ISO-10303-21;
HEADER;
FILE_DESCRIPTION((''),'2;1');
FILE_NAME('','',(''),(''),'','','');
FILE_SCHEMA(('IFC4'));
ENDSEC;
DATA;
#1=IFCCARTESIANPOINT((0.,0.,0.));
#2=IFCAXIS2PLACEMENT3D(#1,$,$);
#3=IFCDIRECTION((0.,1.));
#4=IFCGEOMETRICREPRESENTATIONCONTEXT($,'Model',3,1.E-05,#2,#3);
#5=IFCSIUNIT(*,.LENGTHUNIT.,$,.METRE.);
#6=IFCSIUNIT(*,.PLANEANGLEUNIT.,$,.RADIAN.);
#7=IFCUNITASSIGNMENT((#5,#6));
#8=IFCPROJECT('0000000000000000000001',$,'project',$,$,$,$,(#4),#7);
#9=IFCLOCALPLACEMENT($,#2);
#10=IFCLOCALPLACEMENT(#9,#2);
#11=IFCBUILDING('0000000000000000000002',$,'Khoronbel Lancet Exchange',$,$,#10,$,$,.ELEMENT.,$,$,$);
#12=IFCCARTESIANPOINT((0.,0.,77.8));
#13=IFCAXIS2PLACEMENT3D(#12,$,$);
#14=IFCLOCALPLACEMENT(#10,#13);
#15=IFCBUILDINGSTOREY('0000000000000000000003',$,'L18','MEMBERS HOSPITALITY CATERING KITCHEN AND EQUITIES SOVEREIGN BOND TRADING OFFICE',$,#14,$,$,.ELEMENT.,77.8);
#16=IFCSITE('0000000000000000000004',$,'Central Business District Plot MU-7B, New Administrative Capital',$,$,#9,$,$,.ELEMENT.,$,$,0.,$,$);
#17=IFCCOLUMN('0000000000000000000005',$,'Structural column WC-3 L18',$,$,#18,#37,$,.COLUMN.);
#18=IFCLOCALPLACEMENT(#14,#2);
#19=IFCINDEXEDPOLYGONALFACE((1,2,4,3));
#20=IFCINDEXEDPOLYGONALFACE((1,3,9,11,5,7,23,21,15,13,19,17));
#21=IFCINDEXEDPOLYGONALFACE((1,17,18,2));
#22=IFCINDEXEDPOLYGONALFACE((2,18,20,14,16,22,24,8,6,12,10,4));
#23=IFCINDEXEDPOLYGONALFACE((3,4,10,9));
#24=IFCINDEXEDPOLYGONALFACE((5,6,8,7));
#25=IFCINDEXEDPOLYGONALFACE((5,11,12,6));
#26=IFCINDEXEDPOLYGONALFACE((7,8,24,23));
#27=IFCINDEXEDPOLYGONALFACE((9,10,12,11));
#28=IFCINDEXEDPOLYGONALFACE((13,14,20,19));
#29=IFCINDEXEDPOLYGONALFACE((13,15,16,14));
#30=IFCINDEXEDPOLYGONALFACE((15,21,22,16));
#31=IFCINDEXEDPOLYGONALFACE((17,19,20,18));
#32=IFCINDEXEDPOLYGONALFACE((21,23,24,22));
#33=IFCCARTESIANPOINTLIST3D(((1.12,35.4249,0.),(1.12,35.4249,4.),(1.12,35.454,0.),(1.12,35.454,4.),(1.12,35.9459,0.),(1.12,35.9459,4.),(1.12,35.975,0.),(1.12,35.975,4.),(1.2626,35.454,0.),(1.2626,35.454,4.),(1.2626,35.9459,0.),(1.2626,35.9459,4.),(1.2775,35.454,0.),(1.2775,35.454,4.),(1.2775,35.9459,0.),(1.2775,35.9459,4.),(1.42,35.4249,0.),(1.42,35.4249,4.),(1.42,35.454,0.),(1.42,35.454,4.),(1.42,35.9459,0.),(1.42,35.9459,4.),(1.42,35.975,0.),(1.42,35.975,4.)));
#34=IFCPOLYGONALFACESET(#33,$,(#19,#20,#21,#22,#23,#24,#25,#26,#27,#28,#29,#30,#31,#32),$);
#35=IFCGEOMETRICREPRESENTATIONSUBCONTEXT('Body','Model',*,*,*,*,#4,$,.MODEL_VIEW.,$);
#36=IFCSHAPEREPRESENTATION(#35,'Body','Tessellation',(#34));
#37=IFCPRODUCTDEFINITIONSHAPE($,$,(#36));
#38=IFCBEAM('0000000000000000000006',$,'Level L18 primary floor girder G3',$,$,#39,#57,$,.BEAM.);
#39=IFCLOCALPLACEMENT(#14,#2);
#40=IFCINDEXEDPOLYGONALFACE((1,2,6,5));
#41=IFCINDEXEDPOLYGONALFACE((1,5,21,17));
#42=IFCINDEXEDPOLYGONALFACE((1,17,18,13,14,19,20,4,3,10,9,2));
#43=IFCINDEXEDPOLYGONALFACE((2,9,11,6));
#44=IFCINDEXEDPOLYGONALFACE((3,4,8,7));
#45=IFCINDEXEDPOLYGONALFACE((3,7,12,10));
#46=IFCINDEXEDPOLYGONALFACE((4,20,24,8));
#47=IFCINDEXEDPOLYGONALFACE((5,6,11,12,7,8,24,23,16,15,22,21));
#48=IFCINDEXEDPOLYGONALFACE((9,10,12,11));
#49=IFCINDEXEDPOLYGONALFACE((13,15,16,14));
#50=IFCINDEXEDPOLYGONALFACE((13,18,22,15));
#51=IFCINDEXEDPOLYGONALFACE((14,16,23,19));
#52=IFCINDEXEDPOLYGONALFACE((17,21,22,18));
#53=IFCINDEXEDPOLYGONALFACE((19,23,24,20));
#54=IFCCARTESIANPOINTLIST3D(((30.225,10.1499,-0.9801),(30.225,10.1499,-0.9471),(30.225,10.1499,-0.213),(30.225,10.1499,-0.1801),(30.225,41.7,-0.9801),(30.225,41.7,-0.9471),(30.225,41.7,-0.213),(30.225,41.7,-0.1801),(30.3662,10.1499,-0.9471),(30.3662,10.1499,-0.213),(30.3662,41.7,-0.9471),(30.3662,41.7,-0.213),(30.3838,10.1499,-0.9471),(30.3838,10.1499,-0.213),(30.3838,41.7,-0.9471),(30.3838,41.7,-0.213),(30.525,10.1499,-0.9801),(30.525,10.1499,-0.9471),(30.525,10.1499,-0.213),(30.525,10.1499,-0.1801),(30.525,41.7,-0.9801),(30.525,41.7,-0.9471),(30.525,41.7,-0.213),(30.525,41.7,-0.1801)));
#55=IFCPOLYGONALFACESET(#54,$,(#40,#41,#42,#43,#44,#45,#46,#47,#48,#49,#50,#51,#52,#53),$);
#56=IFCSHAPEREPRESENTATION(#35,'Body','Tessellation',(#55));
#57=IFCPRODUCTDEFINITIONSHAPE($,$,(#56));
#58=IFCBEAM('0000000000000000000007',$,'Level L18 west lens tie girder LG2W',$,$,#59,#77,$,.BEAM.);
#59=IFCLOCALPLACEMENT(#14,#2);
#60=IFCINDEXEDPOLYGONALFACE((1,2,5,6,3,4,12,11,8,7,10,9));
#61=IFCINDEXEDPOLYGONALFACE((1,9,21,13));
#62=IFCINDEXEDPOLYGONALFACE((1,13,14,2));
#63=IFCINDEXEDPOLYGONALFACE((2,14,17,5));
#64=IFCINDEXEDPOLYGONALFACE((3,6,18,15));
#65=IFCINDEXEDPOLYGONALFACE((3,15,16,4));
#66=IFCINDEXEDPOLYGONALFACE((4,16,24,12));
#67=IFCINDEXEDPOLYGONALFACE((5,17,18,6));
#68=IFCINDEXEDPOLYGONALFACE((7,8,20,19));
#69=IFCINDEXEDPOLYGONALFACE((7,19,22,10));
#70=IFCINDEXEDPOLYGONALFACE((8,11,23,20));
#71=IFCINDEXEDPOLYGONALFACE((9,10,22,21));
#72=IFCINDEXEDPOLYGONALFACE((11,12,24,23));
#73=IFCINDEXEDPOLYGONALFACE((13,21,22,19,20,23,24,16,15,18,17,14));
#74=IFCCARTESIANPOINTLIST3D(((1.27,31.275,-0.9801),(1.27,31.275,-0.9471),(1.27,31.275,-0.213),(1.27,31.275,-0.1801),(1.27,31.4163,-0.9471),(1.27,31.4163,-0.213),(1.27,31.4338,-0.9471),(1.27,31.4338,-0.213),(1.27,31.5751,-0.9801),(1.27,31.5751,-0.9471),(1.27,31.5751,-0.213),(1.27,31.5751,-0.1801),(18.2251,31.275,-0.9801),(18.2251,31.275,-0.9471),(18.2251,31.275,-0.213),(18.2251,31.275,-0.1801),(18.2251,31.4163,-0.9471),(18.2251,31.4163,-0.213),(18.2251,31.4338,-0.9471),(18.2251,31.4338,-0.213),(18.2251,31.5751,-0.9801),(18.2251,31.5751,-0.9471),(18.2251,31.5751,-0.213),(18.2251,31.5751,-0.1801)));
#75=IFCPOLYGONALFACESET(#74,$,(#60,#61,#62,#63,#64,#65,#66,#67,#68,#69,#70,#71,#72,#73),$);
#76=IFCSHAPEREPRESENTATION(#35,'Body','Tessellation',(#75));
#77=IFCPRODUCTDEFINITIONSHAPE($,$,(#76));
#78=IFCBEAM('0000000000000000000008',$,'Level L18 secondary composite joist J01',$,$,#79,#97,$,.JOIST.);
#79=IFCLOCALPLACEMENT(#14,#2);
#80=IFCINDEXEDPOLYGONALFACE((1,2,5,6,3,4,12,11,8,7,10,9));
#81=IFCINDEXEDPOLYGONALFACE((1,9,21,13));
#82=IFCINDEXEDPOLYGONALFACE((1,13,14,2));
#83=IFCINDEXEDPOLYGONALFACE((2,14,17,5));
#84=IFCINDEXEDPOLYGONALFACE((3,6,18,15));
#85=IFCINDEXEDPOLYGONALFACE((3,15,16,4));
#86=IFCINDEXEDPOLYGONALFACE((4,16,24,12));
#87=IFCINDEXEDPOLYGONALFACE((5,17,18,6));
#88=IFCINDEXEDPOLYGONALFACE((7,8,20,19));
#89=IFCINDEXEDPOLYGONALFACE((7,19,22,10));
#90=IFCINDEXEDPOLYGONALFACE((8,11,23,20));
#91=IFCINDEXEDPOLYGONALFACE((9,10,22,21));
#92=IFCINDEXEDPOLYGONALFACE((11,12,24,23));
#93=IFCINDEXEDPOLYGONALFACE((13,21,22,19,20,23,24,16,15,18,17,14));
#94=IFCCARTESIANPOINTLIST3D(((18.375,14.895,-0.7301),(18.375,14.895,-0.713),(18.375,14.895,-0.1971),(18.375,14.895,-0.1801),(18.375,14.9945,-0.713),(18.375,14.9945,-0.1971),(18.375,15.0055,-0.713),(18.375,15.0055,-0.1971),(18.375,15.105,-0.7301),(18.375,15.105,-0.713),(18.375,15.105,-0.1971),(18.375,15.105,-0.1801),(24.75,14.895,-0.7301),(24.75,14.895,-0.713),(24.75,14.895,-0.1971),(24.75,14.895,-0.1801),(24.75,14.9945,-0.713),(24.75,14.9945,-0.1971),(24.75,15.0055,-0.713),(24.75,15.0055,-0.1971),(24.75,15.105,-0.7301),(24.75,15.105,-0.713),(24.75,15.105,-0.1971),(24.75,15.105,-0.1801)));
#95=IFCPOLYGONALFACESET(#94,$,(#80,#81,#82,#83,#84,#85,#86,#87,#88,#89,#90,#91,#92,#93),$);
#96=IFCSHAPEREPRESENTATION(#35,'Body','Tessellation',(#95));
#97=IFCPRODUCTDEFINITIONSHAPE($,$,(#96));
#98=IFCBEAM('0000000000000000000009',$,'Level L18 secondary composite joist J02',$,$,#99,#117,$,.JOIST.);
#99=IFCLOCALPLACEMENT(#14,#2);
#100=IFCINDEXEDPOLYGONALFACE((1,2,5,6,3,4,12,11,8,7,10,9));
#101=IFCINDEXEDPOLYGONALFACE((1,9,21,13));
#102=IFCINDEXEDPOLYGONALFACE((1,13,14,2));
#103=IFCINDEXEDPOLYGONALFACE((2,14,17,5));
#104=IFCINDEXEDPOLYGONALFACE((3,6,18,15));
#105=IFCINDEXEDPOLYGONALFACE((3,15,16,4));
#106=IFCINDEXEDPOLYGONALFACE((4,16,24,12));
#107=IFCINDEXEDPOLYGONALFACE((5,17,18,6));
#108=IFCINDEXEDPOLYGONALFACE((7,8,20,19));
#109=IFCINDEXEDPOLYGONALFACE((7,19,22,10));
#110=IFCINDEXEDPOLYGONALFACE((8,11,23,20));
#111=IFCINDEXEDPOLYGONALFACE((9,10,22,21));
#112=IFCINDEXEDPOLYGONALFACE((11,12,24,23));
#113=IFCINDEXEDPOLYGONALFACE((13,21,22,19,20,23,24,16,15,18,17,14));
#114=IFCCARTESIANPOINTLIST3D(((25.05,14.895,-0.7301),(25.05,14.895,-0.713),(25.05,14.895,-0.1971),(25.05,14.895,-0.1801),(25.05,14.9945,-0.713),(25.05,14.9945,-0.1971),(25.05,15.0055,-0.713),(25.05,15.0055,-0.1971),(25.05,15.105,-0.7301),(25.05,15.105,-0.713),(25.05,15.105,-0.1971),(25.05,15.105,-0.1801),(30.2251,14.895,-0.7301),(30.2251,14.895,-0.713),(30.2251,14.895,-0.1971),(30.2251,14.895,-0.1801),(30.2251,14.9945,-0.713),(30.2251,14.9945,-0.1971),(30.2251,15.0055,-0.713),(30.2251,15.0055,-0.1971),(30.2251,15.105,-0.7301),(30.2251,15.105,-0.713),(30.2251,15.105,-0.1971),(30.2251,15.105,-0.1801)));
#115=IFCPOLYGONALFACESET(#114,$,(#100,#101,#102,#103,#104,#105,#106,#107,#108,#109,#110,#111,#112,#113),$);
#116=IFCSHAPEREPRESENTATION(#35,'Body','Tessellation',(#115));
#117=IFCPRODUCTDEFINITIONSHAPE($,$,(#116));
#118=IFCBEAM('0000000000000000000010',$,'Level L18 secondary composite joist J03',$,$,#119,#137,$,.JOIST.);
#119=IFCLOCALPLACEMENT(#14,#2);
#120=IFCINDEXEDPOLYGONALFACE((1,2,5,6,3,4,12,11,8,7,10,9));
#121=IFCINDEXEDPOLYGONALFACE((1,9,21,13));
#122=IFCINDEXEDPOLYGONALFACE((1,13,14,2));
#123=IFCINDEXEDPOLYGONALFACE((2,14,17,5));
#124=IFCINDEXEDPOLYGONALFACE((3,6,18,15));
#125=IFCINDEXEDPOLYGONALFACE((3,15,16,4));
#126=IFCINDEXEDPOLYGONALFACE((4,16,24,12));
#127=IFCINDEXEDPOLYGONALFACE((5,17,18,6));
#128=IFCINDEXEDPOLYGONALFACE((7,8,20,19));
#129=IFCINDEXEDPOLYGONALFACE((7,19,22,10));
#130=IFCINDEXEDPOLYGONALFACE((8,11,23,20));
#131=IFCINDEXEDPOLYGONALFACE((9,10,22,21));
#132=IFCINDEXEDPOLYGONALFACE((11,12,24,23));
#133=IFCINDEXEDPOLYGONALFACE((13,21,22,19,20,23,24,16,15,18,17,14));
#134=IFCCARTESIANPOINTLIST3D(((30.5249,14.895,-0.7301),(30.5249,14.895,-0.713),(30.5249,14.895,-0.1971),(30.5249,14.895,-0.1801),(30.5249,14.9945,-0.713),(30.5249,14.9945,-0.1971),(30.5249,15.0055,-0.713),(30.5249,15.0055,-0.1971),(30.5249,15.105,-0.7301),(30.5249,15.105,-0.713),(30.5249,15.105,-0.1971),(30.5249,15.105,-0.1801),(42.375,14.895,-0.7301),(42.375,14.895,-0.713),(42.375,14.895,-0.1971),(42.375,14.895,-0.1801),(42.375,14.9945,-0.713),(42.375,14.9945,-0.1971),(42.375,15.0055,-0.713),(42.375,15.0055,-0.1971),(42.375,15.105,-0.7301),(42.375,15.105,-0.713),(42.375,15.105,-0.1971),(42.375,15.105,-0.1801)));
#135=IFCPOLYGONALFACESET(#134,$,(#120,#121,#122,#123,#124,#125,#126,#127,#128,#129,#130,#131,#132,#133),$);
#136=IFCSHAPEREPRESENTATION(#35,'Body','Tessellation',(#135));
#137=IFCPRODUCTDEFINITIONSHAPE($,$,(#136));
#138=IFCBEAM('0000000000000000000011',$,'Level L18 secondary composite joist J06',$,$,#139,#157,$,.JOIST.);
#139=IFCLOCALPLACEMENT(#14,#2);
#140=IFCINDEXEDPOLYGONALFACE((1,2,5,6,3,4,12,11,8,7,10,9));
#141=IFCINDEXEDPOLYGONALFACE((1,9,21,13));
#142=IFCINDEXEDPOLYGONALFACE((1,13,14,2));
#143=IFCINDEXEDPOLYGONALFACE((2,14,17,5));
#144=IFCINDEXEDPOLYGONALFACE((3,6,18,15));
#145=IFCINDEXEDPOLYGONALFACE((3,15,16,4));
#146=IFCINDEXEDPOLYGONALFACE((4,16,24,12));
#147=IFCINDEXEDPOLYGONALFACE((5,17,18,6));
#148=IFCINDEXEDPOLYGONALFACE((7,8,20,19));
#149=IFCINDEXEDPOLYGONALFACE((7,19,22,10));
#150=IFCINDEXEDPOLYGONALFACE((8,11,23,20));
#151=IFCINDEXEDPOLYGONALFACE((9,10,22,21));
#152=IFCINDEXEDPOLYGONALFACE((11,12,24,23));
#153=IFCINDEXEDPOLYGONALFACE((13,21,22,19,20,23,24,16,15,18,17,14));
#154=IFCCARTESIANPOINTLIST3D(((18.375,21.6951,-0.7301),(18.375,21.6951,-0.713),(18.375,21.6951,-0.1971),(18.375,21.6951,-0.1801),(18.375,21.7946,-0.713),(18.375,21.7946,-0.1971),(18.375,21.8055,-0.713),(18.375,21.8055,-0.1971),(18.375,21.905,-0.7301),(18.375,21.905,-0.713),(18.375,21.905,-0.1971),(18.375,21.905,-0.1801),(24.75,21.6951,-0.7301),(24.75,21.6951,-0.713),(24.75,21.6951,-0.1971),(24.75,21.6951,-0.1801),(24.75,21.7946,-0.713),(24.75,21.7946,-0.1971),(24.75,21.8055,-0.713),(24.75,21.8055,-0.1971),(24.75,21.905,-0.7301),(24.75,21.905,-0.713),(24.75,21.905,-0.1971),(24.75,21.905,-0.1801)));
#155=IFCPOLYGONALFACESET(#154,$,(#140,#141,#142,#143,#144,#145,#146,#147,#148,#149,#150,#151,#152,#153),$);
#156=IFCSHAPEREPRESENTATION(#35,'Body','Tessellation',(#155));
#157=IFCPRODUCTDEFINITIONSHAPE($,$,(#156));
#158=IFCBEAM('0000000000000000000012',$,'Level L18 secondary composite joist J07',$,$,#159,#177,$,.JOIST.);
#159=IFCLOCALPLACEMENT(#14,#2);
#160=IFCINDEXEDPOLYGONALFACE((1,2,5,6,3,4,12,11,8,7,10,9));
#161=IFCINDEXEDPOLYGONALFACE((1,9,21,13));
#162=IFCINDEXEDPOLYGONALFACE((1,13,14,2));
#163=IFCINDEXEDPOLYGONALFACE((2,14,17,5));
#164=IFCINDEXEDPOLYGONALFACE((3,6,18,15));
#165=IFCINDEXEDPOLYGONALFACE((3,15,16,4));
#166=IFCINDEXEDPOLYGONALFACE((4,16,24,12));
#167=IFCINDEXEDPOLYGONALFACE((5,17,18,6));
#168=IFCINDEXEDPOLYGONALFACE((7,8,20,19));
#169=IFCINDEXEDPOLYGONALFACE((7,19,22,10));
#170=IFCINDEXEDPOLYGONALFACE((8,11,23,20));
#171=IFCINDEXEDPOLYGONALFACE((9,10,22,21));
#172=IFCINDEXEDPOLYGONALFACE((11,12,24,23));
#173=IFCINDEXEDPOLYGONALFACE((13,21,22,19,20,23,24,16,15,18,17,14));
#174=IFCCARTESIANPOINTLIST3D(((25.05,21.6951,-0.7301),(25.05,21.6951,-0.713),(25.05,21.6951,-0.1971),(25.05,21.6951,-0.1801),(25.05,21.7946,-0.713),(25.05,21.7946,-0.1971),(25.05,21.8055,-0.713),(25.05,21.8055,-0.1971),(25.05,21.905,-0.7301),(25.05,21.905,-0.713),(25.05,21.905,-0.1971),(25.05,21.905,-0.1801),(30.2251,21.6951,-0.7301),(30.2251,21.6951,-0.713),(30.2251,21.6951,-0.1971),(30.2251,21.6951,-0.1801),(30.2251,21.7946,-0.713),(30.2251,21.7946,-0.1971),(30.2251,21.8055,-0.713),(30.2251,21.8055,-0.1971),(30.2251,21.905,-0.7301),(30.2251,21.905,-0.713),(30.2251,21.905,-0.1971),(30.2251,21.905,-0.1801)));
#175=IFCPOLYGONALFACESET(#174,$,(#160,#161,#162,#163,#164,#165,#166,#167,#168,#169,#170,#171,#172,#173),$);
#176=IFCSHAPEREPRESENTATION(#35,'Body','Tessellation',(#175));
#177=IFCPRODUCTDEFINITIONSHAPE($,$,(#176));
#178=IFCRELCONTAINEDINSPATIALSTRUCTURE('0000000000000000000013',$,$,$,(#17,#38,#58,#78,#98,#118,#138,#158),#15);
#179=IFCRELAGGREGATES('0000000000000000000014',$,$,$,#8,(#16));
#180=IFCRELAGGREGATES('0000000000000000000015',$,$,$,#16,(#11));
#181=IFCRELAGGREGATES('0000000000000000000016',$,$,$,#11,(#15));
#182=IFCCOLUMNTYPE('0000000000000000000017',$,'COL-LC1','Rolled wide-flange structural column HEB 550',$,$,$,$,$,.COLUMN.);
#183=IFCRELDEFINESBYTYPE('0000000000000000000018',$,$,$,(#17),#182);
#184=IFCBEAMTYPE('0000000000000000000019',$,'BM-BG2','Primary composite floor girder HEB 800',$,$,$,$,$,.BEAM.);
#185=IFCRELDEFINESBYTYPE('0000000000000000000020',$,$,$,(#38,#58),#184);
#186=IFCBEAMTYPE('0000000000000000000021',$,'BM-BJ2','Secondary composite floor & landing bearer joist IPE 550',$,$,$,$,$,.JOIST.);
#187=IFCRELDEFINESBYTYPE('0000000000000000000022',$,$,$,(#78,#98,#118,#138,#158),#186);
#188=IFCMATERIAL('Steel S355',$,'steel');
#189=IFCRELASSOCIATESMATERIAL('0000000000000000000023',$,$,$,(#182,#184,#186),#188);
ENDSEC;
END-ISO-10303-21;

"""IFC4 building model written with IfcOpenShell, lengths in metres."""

from ifc_helpers import new_model, si_unit, direction, frame, origin, origin_2d, place, context, subcontext, project, spatial, i_section, extrude, material, material_profile, profile_set, type_object, element, save


model = new_model("IFC4")

# Units and contexts
model_context = context("Model", 3, precision=1e-05, world=origin(), true_north=direction((0.0, 1.0)))
body_context = subcontext(model_context, "Body", "Model", "MODEL_VIEW")
ifc_project = project(units=[si_unit("LENGTHUNIT", "METRE"), si_unit("PLANEANGLEUNIT", "RADIAN")], contexts=[model_context])

# Site, building, storey
site_placement = place(None, origin())
site = spatial("IfcSite", under=ifc_project, at=site_placement, Name="Central Business District Plot MU-7B, New Administrative Capital", CompositionType="ELEMENT", RefElevation=0.0)
building_placement = place(site_placement, origin())
building = spatial("IfcBuilding", under=site, at=building_placement, Name="Khoronbel Lancet Exchange", CompositionType="ELEMENT")
storey_placement = place(building_placement, frame((0.0, 0.0, 77.8)))
storey = spatial("IfcBuildingStorey", under=building, at=storey_placement, Name="L18", Description="MEMBERS HOSPITALITY CATERING KITCHEN AND EQUITIES SOVEREIGN BOND TRADING OFFICE", CompositionType="ELEMENT", Elevation=77.8)

# Column
ifc_material_1 = material(Name="Steel S355", Category="steel")
ifc_material_profile_1 = material_profile(ifc_material_1, i_section(OverallWidth=0.3, OverallDepth=0.55, WebThickness=0.0149, FlangeThickness=0.0291, at=origin_2d()), Name="HEB 550")
ifc_profile_set_1 = profile_set([ifc_material_profile_1], Name="Steel S355")
column_type = type_object("IfcColumnType", Name="COL-LC1", Description="Rolled wide-flange structural column HEB 550", PredefinedType="COLUMN", material=ifc_profile_set_1)
column_placement = place(storey_placement, frame((1.27, 35.7, 0.0), z_axis=(0.0, 0.0, 1.0), x_axis=(1.0, 0.0, 0.0)))
element("IfcColumn", 1, at=column_placement, inside=storey, type_object=column_type, Name="Structural column WC-3 L18", PredefinedType="COLUMN", context=body_context, shape_type="SweptSolid", body=[
    extrude(i_section(OverallWidth=0.3, OverallDepth=0.55, WebThickness=0.0149, FlangeThickness=0.0291, at=origin_2d()), origin(), (0.0, 0.0, 1.0), 4.0),
])

# Beams
ifc_material_profile_2 = material_profile(ifc_material_1, i_section(OverallWidth=0.3, OverallDepth=0.8, WebThickness=0.0176, FlangeThickness=0.033, at=origin_2d()), Name="HEB 800")
ifc_profile_set_2 = profile_set([ifc_material_profile_2], Name="Steel S355")
beam_type_1 = type_object("IfcBeamType", Name="BM-BG2", Description="Primary composite floor girder HEB 800", PredefinedType="BEAM", material=ifc_profile_set_2)
beam_1_placement = place(storey_placement, frame((30.375, 10.1499, -0.5801), z_axis=(0.0, 1.0, 0.0), x_axis=(-1.0, 0.0, 0.0)))
element("IfcBeam", 2, at=beam_1_placement, inside=storey, type_object=beam_type_1, Name="Level L18 primary floor girder G3", PredefinedType="BEAM", context=body_context, shape_type="SweptSolid", body=[
    extrude(i_section(OverallWidth=0.3, OverallDepth=0.8, WebThickness=0.0176, FlangeThickness=0.033, at=origin_2d()), origin(), (0.0, 0.0, 1.0), 31.55),
])
beam_2_placement = place(storey_placement, frame((1.27, 31.425, -0.5801), z_axis=(1.0, 0.0, 0.0), x_axis=(0.0, 1.0, 0.0)))
element("IfcBeam", 3, at=beam_2_placement, inside=storey, type_object=beam_type_1, Name="Level L18 west lens tie girder LG2W", PredefinedType="BEAM", context=body_context, shape_type="SweptSolid", body=[
    extrude(i_section(OverallWidth=0.3, OverallDepth=0.8, WebThickness=0.0176, FlangeThickness=0.033, at=origin_2d()), origin(), (0.0, 0.0, 1.0), 16.9551),
])
ifc_material_profile_3 = material_profile(ifc_material_1, i_section(OverallWidth=0.21, OverallDepth=0.55, WebThickness=0.011, FlangeThickness=0.0171, at=origin_2d()), Name="IPE 550")
ifc_profile_set_3 = profile_set([ifc_material_profile_3], Name="Steel S355")
beam_type_2 = type_object("IfcBeamType", Name="BM-BJ2", Description="Secondary composite floor & landing bearer joist IPE 550", PredefinedType="JOIST", material=ifc_profile_set_3)
beam_3_placement = place(storey_placement, frame((18.375, 15.0, -0.4551), z_axis=(1.0, 0.0, 0.0), x_axis=(0.0, 1.0, 0.0)))
element("IfcBeam", 4, at=beam_3_placement, inside=storey, type_object=beam_type_2, Name="Level L18 secondary composite joist J01", PredefinedType="JOIST", context=body_context, shape_type="SweptSolid", body=[
    extrude(i_section(OverallWidth=0.21, OverallDepth=0.55, WebThickness=0.011, FlangeThickness=0.0171, at=origin_2d()), origin(), (0.0, 0.0, 1.0), 6.375),
])
beam_4_placement = place(storey_placement, frame((25.05, 15.0, -0.4551), z_axis=(1.0, 0.0, 0.0), x_axis=(0.0, 1.0, 0.0)))
element("IfcBeam", 5, at=beam_4_placement, inside=storey, type_object=beam_type_2, Name="Level L18 secondary composite joist J02", PredefinedType="JOIST", context=body_context, shape_type="SweptSolid", body=[
    extrude(i_section(OverallWidth=0.21, OverallDepth=0.55, WebThickness=0.011, FlangeThickness=0.0171, at=origin_2d()), origin(), (0.0, 0.0, 1.0), 5.175),
])
beam_5_placement = place(storey_placement, frame((30.5249, 15.0, -0.4551), z_axis=(1.0, 0.0, 0.0), x_axis=(0.0, 1.0, 0.0)))
element("IfcBeam", 6, at=beam_5_placement, inside=storey, type_object=beam_type_2, Name="Level L18 secondary composite joist J03", PredefinedType="JOIST", context=body_context, shape_type="SweptSolid", body=[
    extrude(i_section(OverallWidth=0.21, OverallDepth=0.55, WebThickness=0.011, FlangeThickness=0.0171, at=origin_2d()), origin(), (0.0, 0.0, 1.0), 11.8501),
])
beam_6_placement = place(storey_placement, frame((18.375, 21.8, -0.4551), z_axis=(1.0, 0.0, 0.0), x_axis=(0.0, 1.0, 0.0)))
element("IfcBeam", 7, at=beam_6_placement, inside=storey, type_object=beam_type_2, Name="Level L18 secondary composite joist J06", PredefinedType="JOIST", context=body_context, shape_type="SweptSolid", body=[
    extrude(i_section(OverallWidth=0.21, OverallDepth=0.55, WebThickness=0.011, FlangeThickness=0.0171, at=origin_2d()), origin(), (0.0, 0.0, 1.0), 6.375),
])
beam_7_placement = place(storey_placement, frame((25.05, 21.8, -0.4551), z_axis=(1.0, 0.0, 0.0), x_axis=(0.0, 1.0, 0.0)))
element("IfcBeam", 8, at=beam_7_placement, inside=storey, type_object=beam_type_2, Name="Level L18 secondary composite joist J07", PredefinedType="JOIST", context=body_context, shape_type="SweptSolid", body=[
    extrude(i_section(OverallWidth=0.21, OverallDepth=0.55, WebThickness=0.011, FlangeThickness=0.0171, at=origin_2d()), origin(), (0.0, 0.0, 1.0), 5.175),
])

save(model, "model.ifc")
